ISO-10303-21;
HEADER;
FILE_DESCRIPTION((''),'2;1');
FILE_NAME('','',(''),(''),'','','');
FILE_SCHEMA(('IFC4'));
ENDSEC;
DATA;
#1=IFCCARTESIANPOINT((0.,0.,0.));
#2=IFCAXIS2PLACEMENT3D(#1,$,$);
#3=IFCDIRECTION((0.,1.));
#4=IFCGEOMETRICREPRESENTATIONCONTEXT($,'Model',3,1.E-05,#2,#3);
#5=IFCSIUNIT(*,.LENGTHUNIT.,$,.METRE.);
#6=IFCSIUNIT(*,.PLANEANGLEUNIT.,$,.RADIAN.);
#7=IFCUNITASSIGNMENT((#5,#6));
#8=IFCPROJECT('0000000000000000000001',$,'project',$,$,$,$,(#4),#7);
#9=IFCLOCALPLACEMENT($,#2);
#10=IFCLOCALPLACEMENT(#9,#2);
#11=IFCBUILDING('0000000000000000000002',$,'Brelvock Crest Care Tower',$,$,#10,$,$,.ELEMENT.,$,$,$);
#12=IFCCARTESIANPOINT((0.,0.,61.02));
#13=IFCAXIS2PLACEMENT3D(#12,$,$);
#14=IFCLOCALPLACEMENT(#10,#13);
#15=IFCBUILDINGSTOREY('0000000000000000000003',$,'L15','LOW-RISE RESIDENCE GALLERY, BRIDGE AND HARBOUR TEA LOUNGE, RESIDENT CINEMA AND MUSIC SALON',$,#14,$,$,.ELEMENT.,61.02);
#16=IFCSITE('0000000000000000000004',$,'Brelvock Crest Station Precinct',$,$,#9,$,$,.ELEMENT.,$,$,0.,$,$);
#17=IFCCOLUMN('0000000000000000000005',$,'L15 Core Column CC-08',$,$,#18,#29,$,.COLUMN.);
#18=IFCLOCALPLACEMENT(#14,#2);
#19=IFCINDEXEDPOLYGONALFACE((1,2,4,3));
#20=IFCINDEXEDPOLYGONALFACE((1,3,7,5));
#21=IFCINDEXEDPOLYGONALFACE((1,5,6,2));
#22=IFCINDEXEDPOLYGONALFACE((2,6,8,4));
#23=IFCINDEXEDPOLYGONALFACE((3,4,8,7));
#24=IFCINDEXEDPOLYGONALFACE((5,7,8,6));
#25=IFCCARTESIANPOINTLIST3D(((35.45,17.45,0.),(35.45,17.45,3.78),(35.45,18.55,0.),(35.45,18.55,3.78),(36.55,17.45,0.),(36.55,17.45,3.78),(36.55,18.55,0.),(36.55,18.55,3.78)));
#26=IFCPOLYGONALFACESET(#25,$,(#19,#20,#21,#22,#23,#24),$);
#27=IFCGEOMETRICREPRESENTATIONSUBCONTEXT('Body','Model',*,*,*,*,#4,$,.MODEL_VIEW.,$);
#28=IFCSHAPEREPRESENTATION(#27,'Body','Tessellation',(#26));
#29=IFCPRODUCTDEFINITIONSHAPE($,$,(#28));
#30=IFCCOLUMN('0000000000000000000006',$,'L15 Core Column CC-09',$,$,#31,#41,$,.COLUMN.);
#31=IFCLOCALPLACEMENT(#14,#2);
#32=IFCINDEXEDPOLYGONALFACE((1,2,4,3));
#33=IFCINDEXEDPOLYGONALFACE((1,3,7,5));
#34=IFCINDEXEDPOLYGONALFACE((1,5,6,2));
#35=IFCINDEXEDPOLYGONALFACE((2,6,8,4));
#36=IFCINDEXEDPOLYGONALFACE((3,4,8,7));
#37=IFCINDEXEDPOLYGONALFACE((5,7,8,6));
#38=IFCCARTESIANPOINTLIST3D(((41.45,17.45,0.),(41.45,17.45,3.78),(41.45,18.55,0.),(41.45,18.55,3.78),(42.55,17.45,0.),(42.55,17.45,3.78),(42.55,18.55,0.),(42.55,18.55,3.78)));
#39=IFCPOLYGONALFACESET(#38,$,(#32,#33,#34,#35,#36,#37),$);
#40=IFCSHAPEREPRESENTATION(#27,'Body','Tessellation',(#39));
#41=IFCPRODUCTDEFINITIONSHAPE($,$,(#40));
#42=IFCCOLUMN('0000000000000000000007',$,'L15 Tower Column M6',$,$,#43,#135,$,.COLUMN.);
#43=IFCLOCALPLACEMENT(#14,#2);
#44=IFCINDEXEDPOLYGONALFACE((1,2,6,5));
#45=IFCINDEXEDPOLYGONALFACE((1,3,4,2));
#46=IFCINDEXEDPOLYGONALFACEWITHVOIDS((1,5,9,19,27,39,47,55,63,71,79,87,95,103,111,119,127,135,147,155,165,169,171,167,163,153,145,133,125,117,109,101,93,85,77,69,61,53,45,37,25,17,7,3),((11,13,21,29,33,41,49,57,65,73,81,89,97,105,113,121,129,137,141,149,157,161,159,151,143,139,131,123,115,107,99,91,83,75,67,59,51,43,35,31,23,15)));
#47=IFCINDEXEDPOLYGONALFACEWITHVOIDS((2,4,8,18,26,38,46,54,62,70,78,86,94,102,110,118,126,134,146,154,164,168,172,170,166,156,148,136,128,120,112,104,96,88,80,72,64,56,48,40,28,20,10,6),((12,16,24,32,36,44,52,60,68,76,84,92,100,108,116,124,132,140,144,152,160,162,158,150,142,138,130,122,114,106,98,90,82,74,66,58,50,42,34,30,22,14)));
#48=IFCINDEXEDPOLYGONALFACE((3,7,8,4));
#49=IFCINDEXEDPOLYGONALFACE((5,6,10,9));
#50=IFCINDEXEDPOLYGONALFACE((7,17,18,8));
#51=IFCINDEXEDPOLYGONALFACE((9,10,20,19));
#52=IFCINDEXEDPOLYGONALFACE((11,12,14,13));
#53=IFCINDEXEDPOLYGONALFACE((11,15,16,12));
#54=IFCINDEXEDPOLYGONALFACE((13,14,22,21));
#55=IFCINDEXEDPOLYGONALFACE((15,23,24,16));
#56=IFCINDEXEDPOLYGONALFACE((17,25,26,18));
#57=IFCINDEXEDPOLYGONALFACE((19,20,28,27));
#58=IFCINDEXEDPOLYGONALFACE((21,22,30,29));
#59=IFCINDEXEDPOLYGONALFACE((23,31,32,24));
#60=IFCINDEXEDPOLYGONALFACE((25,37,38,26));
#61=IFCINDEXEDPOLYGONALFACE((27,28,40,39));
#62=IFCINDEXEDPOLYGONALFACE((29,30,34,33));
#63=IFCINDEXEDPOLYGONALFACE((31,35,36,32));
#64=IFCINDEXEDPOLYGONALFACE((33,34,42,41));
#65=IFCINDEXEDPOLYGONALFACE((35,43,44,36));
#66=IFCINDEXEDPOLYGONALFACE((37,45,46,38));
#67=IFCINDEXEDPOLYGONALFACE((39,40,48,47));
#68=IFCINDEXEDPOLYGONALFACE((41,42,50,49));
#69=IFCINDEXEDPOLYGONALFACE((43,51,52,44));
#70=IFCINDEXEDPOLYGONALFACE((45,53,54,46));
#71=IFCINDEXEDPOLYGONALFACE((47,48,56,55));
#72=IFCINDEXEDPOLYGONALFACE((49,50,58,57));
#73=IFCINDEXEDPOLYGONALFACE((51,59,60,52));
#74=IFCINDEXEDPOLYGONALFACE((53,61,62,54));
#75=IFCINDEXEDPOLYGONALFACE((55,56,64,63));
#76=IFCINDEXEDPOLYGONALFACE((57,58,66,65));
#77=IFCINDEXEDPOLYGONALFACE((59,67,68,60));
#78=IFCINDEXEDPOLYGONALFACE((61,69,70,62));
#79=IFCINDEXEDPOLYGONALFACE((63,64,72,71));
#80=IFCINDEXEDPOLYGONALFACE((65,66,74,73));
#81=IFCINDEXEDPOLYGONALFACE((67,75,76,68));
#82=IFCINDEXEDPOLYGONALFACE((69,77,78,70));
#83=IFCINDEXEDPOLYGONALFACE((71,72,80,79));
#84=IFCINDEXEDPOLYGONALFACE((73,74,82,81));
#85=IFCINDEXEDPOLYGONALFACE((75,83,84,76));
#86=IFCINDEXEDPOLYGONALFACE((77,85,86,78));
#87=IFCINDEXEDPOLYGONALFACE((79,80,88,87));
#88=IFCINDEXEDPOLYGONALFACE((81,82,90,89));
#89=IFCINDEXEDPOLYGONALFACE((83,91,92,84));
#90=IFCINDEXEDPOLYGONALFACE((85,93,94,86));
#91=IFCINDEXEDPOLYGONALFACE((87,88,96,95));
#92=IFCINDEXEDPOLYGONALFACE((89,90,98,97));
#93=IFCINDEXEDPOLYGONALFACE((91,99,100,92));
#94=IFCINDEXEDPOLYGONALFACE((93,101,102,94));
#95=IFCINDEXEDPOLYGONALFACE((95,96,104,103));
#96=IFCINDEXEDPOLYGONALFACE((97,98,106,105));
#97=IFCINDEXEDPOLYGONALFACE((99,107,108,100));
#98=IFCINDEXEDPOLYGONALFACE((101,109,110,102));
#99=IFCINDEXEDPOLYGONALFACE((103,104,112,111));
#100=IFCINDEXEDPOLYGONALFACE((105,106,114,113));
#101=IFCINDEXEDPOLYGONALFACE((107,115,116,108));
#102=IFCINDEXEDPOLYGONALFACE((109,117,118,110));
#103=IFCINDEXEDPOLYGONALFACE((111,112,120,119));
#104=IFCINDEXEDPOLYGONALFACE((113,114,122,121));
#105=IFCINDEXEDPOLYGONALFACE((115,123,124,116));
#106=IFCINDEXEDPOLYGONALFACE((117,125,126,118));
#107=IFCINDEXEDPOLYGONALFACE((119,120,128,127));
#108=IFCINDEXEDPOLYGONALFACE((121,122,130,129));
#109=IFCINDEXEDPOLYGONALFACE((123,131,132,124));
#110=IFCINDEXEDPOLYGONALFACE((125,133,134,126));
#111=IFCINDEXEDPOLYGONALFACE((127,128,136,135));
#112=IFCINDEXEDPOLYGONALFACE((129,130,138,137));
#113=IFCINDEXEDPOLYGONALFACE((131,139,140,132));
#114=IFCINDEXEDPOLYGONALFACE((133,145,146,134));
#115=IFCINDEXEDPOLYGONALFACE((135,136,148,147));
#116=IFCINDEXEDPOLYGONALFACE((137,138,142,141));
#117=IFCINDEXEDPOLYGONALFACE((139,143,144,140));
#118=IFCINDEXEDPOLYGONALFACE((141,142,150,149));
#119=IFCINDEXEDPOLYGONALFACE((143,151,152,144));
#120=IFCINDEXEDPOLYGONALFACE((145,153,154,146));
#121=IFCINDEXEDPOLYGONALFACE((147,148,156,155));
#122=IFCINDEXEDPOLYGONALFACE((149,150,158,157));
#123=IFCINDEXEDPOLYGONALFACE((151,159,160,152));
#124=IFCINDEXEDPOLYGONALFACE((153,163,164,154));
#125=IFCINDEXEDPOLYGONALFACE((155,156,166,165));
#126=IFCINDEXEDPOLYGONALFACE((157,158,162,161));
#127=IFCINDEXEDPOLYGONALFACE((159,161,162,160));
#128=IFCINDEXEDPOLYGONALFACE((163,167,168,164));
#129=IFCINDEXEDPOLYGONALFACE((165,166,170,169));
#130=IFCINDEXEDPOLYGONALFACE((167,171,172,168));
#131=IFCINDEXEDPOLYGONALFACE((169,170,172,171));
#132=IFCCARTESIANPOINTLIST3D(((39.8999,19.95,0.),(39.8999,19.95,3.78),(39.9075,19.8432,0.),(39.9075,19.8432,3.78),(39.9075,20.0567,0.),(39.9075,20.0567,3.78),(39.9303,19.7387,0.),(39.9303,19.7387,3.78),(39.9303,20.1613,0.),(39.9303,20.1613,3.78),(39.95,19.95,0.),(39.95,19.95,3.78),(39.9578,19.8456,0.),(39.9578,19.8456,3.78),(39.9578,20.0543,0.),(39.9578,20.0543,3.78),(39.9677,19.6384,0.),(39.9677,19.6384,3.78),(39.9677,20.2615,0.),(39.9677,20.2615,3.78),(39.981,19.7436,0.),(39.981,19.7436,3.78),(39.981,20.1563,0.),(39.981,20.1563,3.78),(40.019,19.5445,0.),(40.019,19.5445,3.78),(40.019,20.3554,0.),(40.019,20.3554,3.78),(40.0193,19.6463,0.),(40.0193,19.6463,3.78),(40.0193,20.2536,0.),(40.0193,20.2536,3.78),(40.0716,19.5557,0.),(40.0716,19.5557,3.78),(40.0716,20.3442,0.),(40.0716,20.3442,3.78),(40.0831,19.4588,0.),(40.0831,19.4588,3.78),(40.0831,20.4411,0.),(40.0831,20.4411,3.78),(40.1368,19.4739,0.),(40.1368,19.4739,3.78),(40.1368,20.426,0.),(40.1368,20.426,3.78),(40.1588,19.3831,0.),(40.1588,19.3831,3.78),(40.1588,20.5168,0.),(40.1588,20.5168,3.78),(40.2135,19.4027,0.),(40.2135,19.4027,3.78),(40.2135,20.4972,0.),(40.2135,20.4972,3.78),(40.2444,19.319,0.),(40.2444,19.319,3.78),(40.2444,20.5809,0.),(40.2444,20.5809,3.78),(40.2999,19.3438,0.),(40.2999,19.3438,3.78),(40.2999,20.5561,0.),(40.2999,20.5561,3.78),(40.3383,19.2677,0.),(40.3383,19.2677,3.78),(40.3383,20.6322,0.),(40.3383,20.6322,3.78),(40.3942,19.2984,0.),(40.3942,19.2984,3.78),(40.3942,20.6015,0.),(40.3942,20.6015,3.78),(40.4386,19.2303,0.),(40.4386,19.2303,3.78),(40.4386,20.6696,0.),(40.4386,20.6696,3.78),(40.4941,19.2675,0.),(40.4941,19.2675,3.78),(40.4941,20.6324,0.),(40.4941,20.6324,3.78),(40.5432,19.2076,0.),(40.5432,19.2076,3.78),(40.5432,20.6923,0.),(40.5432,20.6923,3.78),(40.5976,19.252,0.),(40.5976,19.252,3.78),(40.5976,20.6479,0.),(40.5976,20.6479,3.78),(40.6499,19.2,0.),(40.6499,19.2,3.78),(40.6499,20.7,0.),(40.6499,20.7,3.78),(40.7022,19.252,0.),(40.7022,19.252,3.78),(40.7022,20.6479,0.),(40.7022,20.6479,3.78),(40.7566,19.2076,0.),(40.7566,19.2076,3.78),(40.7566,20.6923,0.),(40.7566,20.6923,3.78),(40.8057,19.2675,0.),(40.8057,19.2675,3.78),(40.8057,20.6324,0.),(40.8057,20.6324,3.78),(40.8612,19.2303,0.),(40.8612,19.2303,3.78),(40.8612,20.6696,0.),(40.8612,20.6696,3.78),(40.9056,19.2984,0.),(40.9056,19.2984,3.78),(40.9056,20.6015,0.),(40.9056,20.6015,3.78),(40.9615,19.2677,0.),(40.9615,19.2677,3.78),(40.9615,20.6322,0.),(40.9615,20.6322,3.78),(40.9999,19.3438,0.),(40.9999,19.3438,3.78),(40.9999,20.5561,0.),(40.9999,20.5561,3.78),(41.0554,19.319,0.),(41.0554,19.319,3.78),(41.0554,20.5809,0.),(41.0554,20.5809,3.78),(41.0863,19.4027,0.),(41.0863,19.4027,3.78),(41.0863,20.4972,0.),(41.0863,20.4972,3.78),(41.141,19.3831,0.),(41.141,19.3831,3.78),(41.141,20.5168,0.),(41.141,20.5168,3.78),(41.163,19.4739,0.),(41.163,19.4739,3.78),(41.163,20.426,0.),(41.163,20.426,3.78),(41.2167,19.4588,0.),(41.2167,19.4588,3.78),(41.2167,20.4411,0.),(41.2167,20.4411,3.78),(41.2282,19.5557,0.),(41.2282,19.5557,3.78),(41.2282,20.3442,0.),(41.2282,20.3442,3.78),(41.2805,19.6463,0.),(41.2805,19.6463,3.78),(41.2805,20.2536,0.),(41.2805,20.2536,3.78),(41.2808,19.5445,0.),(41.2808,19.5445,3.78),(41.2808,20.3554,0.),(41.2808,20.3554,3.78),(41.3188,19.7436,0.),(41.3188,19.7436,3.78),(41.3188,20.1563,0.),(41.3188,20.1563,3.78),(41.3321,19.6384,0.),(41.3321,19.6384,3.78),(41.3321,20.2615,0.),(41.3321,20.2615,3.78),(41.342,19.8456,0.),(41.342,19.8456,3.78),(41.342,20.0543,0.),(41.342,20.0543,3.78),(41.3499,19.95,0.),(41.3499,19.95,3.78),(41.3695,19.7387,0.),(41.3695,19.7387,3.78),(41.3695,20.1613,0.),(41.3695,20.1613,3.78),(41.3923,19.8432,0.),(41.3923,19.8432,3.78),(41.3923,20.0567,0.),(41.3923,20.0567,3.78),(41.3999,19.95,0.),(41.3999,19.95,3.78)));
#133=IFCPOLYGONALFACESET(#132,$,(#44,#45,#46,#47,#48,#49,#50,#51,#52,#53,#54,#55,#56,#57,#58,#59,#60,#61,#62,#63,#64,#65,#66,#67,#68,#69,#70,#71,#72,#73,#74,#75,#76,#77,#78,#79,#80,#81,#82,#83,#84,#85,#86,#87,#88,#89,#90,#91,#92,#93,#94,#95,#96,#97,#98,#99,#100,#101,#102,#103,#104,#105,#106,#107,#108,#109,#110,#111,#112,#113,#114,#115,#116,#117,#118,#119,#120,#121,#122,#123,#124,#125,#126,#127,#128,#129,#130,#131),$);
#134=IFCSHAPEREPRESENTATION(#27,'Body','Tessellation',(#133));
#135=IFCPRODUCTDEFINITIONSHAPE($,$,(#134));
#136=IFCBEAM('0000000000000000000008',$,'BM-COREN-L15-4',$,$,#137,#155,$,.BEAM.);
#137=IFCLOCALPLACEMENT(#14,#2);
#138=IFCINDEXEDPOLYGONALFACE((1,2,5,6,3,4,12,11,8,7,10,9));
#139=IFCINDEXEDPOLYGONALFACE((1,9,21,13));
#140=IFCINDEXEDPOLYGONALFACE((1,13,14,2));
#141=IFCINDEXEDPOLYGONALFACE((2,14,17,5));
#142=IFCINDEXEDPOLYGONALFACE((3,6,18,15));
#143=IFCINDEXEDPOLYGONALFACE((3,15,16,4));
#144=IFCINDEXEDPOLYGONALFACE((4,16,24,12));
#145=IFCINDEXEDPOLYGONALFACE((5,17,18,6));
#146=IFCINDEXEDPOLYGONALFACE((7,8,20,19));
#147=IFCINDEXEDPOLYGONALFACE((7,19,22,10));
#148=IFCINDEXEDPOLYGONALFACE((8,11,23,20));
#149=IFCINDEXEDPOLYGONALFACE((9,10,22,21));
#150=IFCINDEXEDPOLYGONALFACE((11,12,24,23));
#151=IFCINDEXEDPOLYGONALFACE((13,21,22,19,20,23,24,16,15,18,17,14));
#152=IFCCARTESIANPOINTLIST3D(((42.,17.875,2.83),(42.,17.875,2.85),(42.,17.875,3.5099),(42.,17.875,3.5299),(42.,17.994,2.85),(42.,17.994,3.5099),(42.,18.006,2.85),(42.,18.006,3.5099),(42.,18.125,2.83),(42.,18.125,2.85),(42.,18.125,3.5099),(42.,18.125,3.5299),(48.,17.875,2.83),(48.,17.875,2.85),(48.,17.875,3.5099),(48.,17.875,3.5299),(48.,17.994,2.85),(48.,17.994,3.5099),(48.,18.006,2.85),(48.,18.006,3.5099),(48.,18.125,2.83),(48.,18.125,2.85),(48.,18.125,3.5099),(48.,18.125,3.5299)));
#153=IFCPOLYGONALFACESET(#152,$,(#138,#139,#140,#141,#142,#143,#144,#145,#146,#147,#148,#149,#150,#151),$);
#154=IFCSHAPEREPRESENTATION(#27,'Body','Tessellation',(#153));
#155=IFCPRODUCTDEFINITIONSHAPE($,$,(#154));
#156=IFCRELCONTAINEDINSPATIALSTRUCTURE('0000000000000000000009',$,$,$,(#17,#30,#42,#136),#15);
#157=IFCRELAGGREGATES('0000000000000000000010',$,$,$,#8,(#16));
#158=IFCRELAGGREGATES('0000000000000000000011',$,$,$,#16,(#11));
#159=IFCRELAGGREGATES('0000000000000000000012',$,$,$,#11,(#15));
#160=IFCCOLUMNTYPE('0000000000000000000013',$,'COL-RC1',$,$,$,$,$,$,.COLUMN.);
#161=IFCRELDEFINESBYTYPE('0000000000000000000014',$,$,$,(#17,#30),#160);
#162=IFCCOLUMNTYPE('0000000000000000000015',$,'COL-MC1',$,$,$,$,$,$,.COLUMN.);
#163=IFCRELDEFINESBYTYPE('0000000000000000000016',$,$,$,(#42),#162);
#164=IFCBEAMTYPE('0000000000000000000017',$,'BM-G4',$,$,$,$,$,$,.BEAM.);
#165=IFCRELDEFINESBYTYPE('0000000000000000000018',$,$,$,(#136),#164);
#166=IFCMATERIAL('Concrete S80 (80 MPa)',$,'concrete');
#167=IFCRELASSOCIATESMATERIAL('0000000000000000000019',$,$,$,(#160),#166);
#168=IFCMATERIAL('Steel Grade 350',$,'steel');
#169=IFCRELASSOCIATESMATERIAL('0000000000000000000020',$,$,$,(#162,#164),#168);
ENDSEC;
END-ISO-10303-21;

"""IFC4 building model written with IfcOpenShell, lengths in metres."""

from ifc_helpers import new_model, si_unit, direction, frame, origin, origin_2d, place, context, subcontext, project, spatial, rectangle, hollow_circle, i_section, extrude, source, transform, mapped, material, material_profile, profile_set, type_object, element, save


model = new_model("IFC4")

# Units and contexts
model_context = context("Model", 3, precision=1e-05, world=origin(), true_north=direction((0.0, 1.0)))
body_context = subcontext(model_context, "Body", "Model", "MODEL_VIEW")
ifc_project = project(units=[si_unit("LENGTHUNIT", "METRE"), si_unit("PLANEANGLEUNIT", "RADIAN")], contexts=[model_context])

# Site, building, storey
site_placement = place(None, origin())
site = spatial("IfcSite", under=ifc_project, at=site_placement, Name="Brelvock Crest Station Precinct", CompositionType="ELEMENT", RefElevation=0.0)
building_placement = place(site_placement, origin())
building = spatial("IfcBuilding", under=site, at=building_placement, Name="Brelvock Crest Care Tower", CompositionType="ELEMENT")
storey_placement = place(building_placement, frame((0.0, 0.0, 61.02)))
storey = spatial("IfcBuildingStorey", under=building, at=storey_placement, Name="L15", Description="LOW-RISE RESIDENCE GALLERY, BRIDGE AND HARBOUR TEA LOUNGE, RESIDENT CINEMA AND MUSIC SALON", CompositionType="ELEMENT", Elevation=61.02)

# Columns
ifc_material_1 = material(Name="Concrete S80 (80 MPa)", Category="concrete")
ifc_material_profile_1 = material_profile(ifc_material_1, rectangle(XDim=1.1001, YDim=1.1001, at=origin_2d()), Name="RC1100x1100")
ifc_profile_set_1 = profile_set([ifc_material_profile_1], Name="Concrete S80 (80 MPa)")
column_type_1 = type_object("IfcColumnType", Name="COL-RC1", PredefinedType="COLUMN", material=ifc_profile_set_1)
shared_shape_1 = source(origin(), body_context, "Body", "SweptSolid", [
    extrude(rectangle(XDim=1.1001, YDim=1.1001, at=origin_2d()), origin(), (0.0, 0.0, 1.0), 3.78),
])
for number, where, z_axis, x_axis, name in (
    (1, (36.0, 18.0, 0.0), (0.0, 0.0, 1.0), (1.0, 0.0, 0.0), "L15 Core Column CC-08"),
    (2, (42.0, 18.0, 0.0), (0.0, 0.0, 1.0), (1.0, 0.0, 0.0), "L15 Core Column CC-09"),
):
    element("IfcColumn", number, at=place(storey_placement, frame(where, z_axis=z_axis, x_axis=x_axis)), inside=storey, type_object=column_type_1, Name=name, PredefinedType="COLUMN", context=body_context, shape_type="MappedRepresentation", body=[
        mapped(shared_shape_1, transform((0.0, 0.0, 0.0), x_axis=(1.0, 0.0, 0.0), y_axis=(0.0, 1.0, 0.0), z_axis=(0.0, 0.0, 1.0), scale=1.0)),
    ])
ifc_material_2 = material(Name="Steel Grade 350", Category="steel")
ifc_material_profile_2 = material_profile(ifc_material_2, hollow_circle(Radius=0.75, WallThickness=0.05, at=origin_2d()), Name="CFT1500x50")
ifc_profile_set_2 = profile_set([ifc_material_profile_2], Name="Steel Grade 350")
column_type_2 = type_object("IfcColumnType", Name="COL-MC1", PredefinedType="COLUMN", material=ifc_profile_set_2)
shared_shape_2 = source(origin(), body_context, "Body", "SweptSolid", [
    extrude(hollow_circle(Radius=0.75, WallThickness=0.05, at=origin_2d()), origin(), (0.0, 0.0, 1.0), 3.78),
])
column_placement = place(storey_placement, frame((40.6499, 19.95, 0.0), z_axis=(0.0, 0.0, 1.0), x_axis=(1.0, 0.0, 0.0)))
element("IfcColumn", 3, at=column_placement, inside=storey, type_object=column_type_2, Name="L15 Tower Column M6", PredefinedType="COLUMN", context=body_context, shape_type="MappedRepresentation", body=[
    mapped(shared_shape_2, transform((0.0, 0.0, 0.0), x_axis=(1.0, 0.0, 0.0), y_axis=(0.0, 1.0, 0.0), z_axis=(0.0, 0.0, 1.0), scale=1.0)),
])

# Beam
ifc_material_profile_3 = material_profile(ifc_material_2, i_section(OverallWidth=0.25, OverallDepth=0.7, WebThickness=0.012, FlangeThickness=0.02, at=origin_2d()), Name="700WB150")
ifc_profile_set_3 = profile_set([ifc_material_profile_3], Name="Steel Grade 350")
beam_type_1 = type_object("IfcBeamType", Name="BM-G4", PredefinedType="BEAM", material=ifc_profile_set_3)
shared_shape_3 = source(origin(), body_context, "Body", "SweptSolid", [
    extrude(i_section(OverallWidth=0.25, OverallDepth=0.7, WebThickness=0.012, FlangeThickness=0.02, at=origin_2d()), origin(), (0.0, 0.0, 1.0), 6.0),
])
beam_1_placement = place(storey_placement, frame((42.0, 18.0, 3.1799), z_axis=(1.0, 0.0, 0.0), x_axis=(0.0, 1.0, 0.0)))
element("IfcBeam", 4, at=beam_1_placement, inside=storey, type_object=beam_type_1, Name="BM-COREN-L15-4", PredefinedType="BEAM", context=body_context, shape_type="MappedRepresentation", body=[
    mapped(shared_shape_3, transform((0.0, 0.0, 0.0), x_axis=(1.0, 0.0, 0.0), y_axis=(0.0, 1.0, 0.0), z_axis=(0.0, 0.0, 1.0), scale=1.0)),
])

save(model, "model.ifc")
